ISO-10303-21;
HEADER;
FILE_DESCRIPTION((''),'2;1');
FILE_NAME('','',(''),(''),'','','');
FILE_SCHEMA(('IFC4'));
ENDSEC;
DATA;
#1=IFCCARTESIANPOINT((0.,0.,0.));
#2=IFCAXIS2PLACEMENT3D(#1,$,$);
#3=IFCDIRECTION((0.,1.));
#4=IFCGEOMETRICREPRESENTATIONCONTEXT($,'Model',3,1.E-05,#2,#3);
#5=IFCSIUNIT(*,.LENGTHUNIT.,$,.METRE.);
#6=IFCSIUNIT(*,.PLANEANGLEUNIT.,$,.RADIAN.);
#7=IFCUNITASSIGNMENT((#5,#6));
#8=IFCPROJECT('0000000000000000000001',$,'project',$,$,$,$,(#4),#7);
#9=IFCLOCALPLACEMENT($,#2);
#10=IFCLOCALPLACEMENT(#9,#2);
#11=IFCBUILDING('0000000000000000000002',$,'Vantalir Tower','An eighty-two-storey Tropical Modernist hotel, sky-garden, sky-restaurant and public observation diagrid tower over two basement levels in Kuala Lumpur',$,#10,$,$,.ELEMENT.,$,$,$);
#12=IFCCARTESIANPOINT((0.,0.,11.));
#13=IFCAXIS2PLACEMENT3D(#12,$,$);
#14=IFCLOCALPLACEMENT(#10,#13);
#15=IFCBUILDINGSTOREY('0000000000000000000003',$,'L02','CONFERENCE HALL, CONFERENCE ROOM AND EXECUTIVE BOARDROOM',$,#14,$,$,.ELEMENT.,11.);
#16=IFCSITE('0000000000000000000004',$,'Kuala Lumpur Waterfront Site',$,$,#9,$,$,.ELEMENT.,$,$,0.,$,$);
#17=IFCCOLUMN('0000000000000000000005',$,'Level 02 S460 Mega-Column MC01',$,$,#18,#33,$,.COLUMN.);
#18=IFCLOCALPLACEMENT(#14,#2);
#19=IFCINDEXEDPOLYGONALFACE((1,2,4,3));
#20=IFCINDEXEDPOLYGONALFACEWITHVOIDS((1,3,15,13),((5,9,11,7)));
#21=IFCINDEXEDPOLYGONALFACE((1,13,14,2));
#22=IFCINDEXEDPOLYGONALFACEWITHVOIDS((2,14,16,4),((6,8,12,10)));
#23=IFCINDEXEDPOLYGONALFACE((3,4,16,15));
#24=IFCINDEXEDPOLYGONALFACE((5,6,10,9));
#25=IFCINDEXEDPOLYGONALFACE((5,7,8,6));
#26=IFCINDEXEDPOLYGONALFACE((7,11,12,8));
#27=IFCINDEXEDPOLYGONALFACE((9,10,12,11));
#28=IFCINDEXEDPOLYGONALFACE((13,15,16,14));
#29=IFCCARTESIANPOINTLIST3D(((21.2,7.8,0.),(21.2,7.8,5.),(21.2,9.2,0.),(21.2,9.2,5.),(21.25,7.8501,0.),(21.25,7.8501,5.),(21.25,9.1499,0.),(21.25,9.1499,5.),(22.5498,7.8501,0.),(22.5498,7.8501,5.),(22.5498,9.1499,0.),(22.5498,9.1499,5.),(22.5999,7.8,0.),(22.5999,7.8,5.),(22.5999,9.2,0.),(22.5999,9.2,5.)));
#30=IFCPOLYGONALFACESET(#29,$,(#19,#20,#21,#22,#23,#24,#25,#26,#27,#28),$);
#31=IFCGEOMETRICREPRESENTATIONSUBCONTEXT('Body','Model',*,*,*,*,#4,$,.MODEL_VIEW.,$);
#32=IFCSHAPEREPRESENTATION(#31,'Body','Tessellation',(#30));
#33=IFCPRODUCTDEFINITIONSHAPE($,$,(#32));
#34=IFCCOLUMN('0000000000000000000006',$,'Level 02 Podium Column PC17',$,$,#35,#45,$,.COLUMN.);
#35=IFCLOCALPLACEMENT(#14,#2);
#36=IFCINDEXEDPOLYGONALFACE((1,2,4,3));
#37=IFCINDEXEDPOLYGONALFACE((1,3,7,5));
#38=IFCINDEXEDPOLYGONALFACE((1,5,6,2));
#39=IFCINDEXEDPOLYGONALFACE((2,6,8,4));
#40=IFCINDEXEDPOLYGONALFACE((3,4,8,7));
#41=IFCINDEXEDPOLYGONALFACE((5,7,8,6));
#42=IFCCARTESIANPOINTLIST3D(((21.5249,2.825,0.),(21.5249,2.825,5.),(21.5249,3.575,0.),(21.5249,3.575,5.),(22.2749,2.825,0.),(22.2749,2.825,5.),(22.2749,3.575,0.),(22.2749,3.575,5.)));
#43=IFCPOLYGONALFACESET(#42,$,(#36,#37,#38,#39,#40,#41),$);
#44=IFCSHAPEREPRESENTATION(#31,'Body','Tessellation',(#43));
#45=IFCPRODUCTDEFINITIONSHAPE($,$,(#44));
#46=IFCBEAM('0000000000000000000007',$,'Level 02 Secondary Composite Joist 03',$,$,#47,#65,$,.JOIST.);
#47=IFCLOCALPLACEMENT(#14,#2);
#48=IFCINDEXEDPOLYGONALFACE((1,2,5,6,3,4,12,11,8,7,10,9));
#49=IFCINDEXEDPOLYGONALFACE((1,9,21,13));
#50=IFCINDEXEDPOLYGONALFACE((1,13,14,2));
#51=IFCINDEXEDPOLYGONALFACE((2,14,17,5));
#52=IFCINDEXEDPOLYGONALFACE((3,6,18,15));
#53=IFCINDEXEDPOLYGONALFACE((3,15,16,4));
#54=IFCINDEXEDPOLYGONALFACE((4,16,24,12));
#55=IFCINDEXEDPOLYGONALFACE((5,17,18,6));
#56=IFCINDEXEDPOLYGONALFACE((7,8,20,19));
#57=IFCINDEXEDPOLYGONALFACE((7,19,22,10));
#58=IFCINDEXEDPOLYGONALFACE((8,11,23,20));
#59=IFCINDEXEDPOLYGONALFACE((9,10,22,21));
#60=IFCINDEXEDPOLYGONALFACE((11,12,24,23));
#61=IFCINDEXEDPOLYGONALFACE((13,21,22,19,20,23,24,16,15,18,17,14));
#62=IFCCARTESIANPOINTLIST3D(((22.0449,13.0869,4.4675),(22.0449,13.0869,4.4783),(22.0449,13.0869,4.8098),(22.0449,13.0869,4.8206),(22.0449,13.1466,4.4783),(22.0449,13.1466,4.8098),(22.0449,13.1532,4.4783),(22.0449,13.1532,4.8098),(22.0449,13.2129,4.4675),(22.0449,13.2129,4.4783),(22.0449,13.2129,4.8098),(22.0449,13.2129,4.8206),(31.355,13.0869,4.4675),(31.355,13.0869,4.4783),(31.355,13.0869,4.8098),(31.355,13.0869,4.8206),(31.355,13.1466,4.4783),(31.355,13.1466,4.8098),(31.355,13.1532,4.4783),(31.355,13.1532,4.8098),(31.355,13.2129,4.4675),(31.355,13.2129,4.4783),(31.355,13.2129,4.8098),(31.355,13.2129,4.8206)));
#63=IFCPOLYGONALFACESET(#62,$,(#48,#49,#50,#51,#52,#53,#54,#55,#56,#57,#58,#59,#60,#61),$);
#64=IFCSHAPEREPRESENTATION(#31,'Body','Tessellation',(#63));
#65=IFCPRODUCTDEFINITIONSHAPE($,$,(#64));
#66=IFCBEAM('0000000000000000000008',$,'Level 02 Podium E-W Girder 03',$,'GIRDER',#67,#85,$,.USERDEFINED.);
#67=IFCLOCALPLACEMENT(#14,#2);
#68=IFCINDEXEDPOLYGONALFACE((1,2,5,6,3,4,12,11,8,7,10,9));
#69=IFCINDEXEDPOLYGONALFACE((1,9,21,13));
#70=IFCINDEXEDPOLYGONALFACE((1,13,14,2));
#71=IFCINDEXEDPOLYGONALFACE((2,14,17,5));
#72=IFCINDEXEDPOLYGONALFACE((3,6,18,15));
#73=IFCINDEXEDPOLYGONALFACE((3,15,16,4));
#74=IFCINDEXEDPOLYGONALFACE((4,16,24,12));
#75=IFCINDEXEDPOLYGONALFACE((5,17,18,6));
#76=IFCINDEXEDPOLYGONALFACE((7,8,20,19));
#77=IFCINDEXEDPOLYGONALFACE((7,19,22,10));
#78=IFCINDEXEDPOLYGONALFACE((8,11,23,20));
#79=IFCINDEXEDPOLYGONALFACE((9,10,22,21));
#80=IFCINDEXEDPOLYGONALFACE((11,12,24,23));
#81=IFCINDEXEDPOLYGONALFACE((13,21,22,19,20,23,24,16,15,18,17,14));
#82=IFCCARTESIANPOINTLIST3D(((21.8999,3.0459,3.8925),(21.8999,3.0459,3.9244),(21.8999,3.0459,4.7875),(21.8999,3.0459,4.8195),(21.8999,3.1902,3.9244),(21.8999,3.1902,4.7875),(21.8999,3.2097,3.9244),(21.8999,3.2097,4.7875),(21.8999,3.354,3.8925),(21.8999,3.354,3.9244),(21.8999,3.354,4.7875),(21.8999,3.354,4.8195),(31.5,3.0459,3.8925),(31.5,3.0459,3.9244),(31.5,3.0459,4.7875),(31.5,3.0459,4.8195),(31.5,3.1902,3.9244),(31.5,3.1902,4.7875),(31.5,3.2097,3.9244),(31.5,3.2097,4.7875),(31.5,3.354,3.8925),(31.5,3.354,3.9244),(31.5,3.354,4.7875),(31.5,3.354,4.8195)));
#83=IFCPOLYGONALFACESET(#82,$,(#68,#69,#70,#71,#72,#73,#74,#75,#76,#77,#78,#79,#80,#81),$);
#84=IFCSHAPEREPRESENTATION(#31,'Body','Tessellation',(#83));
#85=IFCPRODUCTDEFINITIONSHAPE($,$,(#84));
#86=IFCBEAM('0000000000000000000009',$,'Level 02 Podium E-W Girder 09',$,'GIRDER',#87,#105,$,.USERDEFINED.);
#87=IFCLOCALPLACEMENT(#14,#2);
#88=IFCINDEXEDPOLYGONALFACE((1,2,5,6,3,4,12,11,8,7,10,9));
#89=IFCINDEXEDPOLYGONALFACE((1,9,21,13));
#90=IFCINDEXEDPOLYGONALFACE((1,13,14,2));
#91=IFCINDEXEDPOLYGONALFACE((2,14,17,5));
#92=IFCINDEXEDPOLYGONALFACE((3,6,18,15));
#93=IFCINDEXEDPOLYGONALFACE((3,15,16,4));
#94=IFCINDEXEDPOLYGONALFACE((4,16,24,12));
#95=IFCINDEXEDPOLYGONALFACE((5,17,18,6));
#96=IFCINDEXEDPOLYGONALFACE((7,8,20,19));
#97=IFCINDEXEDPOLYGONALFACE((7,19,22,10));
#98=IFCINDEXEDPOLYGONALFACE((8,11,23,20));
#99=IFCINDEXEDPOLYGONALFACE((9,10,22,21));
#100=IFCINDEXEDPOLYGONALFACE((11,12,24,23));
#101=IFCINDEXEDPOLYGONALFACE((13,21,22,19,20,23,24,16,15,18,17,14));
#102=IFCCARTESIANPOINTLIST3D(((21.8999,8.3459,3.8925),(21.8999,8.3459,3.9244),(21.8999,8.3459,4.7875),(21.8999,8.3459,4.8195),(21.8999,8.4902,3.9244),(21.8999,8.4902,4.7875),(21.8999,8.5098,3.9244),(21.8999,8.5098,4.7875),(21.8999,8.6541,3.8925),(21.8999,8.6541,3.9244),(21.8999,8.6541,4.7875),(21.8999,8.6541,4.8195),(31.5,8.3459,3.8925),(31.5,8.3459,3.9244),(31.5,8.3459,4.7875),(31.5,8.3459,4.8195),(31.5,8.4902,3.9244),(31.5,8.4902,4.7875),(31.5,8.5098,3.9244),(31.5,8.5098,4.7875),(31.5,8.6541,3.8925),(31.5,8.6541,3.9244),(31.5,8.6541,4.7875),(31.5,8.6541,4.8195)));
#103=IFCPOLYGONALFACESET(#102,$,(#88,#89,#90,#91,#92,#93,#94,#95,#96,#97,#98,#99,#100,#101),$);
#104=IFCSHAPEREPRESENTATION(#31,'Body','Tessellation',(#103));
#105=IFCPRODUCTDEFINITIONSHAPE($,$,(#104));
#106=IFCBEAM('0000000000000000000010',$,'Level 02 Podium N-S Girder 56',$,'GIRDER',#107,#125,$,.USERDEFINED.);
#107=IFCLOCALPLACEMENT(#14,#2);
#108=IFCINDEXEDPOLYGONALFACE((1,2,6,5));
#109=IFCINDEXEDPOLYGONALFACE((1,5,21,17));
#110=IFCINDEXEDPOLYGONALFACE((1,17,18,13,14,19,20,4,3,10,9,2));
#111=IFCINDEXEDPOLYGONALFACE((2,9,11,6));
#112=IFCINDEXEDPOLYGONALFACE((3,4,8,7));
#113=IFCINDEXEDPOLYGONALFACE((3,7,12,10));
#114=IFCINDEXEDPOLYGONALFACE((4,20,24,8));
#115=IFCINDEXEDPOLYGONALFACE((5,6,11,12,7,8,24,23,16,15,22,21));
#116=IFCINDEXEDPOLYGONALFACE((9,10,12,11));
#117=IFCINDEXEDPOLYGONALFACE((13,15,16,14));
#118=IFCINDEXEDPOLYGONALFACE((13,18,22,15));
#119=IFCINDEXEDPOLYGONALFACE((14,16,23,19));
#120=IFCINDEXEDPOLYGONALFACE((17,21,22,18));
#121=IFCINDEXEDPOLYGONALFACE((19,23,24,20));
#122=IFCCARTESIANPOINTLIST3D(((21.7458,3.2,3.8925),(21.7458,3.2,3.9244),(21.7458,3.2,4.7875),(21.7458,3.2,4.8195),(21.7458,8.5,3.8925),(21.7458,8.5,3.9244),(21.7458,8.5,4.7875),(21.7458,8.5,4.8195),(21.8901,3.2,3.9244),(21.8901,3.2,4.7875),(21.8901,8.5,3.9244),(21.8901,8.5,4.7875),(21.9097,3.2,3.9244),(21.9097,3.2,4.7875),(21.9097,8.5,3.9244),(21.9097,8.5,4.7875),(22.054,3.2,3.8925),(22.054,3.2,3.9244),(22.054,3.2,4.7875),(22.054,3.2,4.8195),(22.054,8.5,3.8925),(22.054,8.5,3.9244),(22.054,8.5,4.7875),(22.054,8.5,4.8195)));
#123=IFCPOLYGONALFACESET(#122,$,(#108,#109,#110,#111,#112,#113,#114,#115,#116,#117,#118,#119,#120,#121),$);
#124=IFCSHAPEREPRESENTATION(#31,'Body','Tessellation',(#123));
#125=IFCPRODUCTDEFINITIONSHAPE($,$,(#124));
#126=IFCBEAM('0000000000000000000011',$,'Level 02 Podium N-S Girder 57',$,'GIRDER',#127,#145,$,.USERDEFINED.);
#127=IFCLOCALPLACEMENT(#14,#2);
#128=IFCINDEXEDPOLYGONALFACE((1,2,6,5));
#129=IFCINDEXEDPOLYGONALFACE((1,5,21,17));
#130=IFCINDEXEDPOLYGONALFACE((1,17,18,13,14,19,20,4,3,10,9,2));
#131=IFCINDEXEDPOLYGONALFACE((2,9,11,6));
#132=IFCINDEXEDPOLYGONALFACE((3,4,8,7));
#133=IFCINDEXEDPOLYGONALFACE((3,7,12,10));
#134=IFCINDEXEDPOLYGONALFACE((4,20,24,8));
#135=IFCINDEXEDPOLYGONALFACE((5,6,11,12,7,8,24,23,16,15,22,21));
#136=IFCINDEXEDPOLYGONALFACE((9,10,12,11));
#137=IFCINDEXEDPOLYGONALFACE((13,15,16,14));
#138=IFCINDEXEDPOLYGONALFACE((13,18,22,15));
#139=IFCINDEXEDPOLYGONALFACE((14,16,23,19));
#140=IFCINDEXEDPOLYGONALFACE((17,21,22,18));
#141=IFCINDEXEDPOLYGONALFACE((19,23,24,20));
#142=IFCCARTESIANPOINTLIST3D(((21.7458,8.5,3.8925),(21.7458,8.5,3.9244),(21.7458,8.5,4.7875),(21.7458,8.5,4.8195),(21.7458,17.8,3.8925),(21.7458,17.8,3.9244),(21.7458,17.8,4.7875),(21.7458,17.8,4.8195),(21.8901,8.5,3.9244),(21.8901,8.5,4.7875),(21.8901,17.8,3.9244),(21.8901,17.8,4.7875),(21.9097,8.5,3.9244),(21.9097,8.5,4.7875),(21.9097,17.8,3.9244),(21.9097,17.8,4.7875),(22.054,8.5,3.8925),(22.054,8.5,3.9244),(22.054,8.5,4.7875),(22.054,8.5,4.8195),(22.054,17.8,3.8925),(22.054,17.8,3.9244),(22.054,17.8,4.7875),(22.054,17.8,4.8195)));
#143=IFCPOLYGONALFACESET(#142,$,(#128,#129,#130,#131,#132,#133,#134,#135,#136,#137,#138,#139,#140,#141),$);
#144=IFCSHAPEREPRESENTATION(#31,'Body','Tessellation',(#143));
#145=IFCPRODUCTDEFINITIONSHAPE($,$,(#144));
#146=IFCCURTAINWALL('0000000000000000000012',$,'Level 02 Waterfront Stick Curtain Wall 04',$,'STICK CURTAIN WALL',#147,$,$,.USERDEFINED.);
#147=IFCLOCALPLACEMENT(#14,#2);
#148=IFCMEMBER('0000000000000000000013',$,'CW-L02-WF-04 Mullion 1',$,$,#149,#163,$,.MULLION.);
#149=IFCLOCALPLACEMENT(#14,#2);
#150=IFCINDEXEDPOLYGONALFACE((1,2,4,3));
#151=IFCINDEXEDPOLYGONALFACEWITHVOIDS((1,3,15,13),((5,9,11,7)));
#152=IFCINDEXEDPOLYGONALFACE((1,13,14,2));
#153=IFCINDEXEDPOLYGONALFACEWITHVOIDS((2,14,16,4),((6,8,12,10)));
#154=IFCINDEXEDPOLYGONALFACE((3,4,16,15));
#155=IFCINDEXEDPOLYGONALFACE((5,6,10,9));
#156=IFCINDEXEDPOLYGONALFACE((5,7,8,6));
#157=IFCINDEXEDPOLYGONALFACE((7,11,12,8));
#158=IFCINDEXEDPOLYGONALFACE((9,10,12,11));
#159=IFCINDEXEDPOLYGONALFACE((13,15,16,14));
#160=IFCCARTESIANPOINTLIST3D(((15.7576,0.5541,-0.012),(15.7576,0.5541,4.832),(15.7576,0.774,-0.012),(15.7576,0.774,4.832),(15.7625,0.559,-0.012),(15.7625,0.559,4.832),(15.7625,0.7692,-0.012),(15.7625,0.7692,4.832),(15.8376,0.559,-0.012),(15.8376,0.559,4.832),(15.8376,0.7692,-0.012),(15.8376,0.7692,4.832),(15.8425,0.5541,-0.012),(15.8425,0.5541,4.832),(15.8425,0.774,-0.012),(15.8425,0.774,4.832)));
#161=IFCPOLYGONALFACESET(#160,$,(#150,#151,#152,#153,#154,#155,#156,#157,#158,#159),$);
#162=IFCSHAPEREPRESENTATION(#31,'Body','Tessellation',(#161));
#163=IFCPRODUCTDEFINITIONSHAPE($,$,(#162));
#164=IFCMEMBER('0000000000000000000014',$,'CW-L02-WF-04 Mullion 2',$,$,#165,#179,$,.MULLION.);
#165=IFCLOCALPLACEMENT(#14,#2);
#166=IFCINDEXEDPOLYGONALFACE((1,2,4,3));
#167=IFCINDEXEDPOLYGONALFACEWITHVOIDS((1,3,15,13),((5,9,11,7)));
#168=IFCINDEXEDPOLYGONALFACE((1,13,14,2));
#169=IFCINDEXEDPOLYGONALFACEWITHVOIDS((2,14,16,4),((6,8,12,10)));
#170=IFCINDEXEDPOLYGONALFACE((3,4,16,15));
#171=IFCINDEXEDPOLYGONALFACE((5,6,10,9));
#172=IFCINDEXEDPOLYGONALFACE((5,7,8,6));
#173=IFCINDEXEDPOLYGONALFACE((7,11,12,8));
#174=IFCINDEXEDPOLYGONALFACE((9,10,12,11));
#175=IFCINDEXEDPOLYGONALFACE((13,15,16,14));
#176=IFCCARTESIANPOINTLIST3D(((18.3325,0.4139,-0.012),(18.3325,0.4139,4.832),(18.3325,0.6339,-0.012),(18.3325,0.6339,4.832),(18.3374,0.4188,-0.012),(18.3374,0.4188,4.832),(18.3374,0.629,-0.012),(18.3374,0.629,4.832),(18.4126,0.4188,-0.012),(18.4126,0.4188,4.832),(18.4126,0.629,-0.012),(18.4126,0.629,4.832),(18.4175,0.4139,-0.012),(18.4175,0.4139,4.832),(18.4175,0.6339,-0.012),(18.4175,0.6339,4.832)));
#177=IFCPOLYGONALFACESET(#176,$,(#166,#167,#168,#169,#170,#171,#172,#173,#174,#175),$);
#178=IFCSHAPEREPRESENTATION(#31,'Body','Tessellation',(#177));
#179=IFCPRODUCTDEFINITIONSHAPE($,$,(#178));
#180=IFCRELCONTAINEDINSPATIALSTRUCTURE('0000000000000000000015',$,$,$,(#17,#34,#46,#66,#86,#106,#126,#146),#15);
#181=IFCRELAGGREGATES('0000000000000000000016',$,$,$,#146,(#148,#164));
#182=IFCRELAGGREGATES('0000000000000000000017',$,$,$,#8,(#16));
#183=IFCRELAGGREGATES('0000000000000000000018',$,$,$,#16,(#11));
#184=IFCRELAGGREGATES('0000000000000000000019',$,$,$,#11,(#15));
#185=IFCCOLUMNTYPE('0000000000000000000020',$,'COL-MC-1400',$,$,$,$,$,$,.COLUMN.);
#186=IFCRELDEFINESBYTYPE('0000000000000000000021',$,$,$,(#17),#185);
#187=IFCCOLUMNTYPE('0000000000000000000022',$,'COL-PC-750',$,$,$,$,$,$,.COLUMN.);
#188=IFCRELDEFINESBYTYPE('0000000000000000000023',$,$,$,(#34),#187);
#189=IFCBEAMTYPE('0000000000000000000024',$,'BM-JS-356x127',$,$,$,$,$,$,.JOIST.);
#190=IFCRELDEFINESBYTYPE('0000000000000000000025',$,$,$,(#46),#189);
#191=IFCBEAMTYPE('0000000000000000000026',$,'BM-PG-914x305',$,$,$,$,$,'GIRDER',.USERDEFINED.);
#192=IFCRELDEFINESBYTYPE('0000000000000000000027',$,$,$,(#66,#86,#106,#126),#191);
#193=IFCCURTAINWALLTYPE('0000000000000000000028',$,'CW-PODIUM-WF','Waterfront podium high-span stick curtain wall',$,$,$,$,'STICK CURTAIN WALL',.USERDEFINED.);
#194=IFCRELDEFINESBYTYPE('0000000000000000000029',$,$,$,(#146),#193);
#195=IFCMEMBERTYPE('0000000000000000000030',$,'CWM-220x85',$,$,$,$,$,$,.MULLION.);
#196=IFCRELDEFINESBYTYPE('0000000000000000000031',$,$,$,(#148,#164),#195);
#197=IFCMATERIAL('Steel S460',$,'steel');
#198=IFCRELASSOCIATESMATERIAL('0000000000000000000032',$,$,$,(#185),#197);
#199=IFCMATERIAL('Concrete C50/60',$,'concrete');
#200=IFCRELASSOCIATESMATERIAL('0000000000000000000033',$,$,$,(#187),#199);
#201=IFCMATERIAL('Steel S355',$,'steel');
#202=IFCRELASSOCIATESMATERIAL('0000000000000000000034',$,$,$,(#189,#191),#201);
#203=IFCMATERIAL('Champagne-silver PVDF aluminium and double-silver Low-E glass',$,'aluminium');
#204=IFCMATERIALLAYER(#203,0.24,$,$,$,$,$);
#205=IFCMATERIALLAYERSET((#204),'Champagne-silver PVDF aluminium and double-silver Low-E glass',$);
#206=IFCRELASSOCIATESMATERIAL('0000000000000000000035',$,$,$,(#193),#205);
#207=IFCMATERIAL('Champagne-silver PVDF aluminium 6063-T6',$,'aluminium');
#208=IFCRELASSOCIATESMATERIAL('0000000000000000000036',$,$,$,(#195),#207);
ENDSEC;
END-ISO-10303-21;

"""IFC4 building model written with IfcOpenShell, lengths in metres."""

from ifc_helpers import new_model, si_unit, direction, frame, origin, origin_2d, place, context, subcontext, project, spatial, rectangle, hollow_rectangle, i_section, extrude, material, layer, layer_set, material_profile, profile_set, type_object, element, aggregate, save


model = new_model("IFC4")

# Units and contexts
model_context = context("Model", 3, precision=1e-05, world=origin(), true_north=direction((0.0, 1.0)))
body_context = subcontext(model_context, "Body", "Model", "MODEL_VIEW")
ifc_project = project(units=[si_unit("LENGTHUNIT", "METRE"), si_unit("PLANEANGLEUNIT", "RADIAN")], contexts=[model_context])

# Site, building, storey
site_placement = place(None, origin())
site = spatial("IfcSite", under=ifc_project, at=site_placement, Name="Kuala Lumpur Waterfront Site", CompositionType="ELEMENT", RefElevation=0.0)
building_placement = place(site_placement, origin())
building = spatial("IfcBuilding", under=site, at=building_placement, Name="Vantalir Tower", Description="An eighty-two-storey Tropical Modernist hotel, sky-garden, sky-restaurant and public observation diagrid tower over two basement levels in Kuala Lumpur", CompositionType="ELEMENT")
storey_placement = place(building_placement, frame((0.0, 0.0, 11.0)))
storey = spatial("IfcBuildingStorey", under=building, at=storey_placement, Name="L02", Description="CONFERENCE HALL, CONFERENCE ROOM AND EXECUTIVE BOARDROOM", CompositionType="ELEMENT", Elevation=11.0)

# Columns
ifc_material_1 = material(Name="Steel S460", Category="steel")
ifc_material_profile_1 = material_profile(ifc_material_1, hollow_rectangle(XDim=1.3999, YDim=1.3999, WallThickness=0.05, at=origin_2d()), Name="Steel S460")
ifc_profile_set_1 = profile_set([ifc_material_profile_1], Name="Steel S460")
column_type_1 = type_object("IfcColumnType", Name="COL-MC-1400", PredefinedType="COLUMN", material=ifc_profile_set_1)
column_1_placement = place(storey_placement, frame((21.8999, 8.5, 0.0), z_axis=(0.0, 0.0, 1.0), x_axis=(1.0, 0.0, 0.0)))
element("IfcColumn", 1, at=column_1_placement, inside=storey, type_object=column_type_1, Name="Level 02 S460 Mega-Column MC01", PredefinedType="COLUMN", context=body_context, shape_type="SweptSolid", body=[
    extrude(hollow_rectangle(XDim=1.3999, YDim=1.3999, WallThickness=0.05, at=origin_2d()), origin(), (0.0, 0.0, 1.0), 5.0),
])
ifc_material_2 = material(Name="Concrete C50/60", Category="concrete")
ifc_material_profile_2 = material_profile(ifc_material_2, rectangle(XDim=0.75, YDim=0.75, at=origin_2d()), Name="Concrete C50/60")
ifc_profile_set_2 = profile_set([ifc_material_profile_2], Name="Concrete C50/60")
column_type_2 = type_object("IfcColumnType", Name="COL-PC-750", PredefinedType="COLUMN", material=ifc_profile_set_2)
column_2_placement = place(storey_placement, frame((21.8999, 3.2, 0.0), z_axis=(0.0, 0.0, 1.0), x_axis=(1.0, 0.0, 0.0)))
element("IfcColumn", 2, at=column_2_placement, inside=storey, type_object=column_type_2, Name="Level 02 Podium Column PC17", PredefinedType="COLUMN", context=body_context, shape_type="SweptSolid", body=[
    extrude(rectangle(XDim=0.75, YDim=0.75, at=origin_2d()), origin(), (0.0, 0.0, 1.0), 5.0),
])

# Beams
ifc_material_3 = material(Name="Steel S355", Category="steel")
ifc_material_profile_3 = material_profile(ifc_material_3, i_section(OverallWidth=0.126, OverallDepth=0.353, WebThickness=0.0066, FlangeThickness=0.0107, at=origin_2d()), Name="Steel S355")
ifc_profile_set_3 = profile_set([ifc_material_profile_3], Name="Steel S355")
beam_type_1 = type_object("IfcBeamType", Name="BM-JS-356x127", PredefinedType="JOIST", material=ifc_profile_set_3)
beam_1_placement = place(storey_placement, frame((22.0449, 13.1499, 4.644), z_axis=(1.0, 0.0, 0.0), x_axis=(0.0, 1.0, 0.0)))
element("IfcBeam", 3, at=beam_1_placement, inside=storey, type_object=beam_type_1, Name="Level 02 Secondary Composite Joist 03", PredefinedType="JOIST", context=body_context, shape_type="SweptSolid", body=[
    extrude(i_section(OverallWidth=0.126, OverallDepth=0.353, WebThickness=0.0066, FlangeThickness=0.0107, at=origin_2d()), origin(), (0.0, 0.0, 1.0), 9.3101),
])
ifc_material_profile_4 = material_profile(ifc_material_3, i_section(OverallWidth=0.3081, OverallDepth=0.927, WebThickness=0.0195, FlangeThickness=0.032, at=origin_2d()), Name="Steel S355")
ifc_profile_set_4 = profile_set([ifc_material_profile_4], Name="Steel S355")
beam_type_2 = type_object("IfcBeamType", Name="BM-PG-914x305", ElementType="GIRDER", PredefinedType="USERDEFINED", material=ifc_profile_set_4)
for number, where, z_axis, x_axis, name in (
    (4, (21.8999, 3.2, 4.356), (1.0, 0.0, 0.0), (0.0, 1.0, 0.0), "Level 02 Podium E-W Girder 03"),
    (5, (21.8999, 8.5, 4.356), (1.0, 0.0, 0.0), (0.0, 1.0, 0.0), "Level 02 Podium E-W Girder 09"),
):
    element("IfcBeam", number, at=place(storey_placement, frame(where, z_axis=z_axis, x_axis=x_axis)), inside=storey, type_object=beam_type_2, Name=name, ObjectType="GIRDER", PredefinedType="USERDEFINED", context=body_context, shape_type="SweptSolid", body=[
        extrude(i_section(OverallWidth=0.3081, OverallDepth=0.927, WebThickness=0.0195, FlangeThickness=0.032, at=origin_2d()), origin(), (0.0, 0.0, 1.0), 9.6001),
    ])
beam_2_placement = place(storey_placement, frame((21.8999, 3.2, 4.356), z_axis=(0.0, 1.0, 0.0), x_axis=(-1.0, 0.0, 0.0)))
element("IfcBeam", 6, at=beam_2_placement, inside=storey, type_object=beam_type_2, Name="Level 02 Podium N-S Girder 56", ObjectType="GIRDER", PredefinedType="USERDEFINED", context=body_context, shape_type="SweptSolid", body=[
    extrude(i_section(OverallWidth=0.3081, OverallDepth=0.927, WebThickness=0.0195, FlangeThickness=0.032, at=origin_2d()), origin(), (0.0, 0.0, 1.0), 5.3),
])
beam_3_placement = place(storey_placement, frame((21.8999, 8.5, 4.356), z_axis=(0.0, 1.0, 0.0), x_axis=(-1.0, 0.0, 0.0)))
element("IfcBeam", 7, at=beam_3_placement, inside=storey, type_object=beam_type_2, Name="Level 02 Podium N-S Girder 57", ObjectType="GIRDER", PredefinedType="USERDEFINED", context=body_context, shape_type="SweptSolid", body=[
    extrude(i_section(OverallWidth=0.3081, OverallDepth=0.927, WebThickness=0.0195, FlangeThickness=0.032, at=origin_2d()), origin(), (0.0, 0.0, 1.0), 9.3),
])

# Curtain wall, members
ifc_material_4 = material(Name="Champagne-silver PVDF aluminium and double-silver Low-E glass", Category="aluminium")
ifc_layer_1 = layer(ifc_material_4, 0.24)
ifc_layer_set_1 = layer_set([ifc_layer_1], Name="Champagne-silver PVDF aluminium and double-silver Low-E glass")
curtain_wall_type = type_object("IfcCurtainWallType", Name="CW-PODIUM-WF", Description="Waterfront podium high-span stick curtain wall", ElementType="STICK CURTAIN WALL", PredefinedType="USERDEFINED", material=ifc_layer_set_1)
curtain_wall_1_placement = place(storey_placement, origin())
curtain_wall_1 = element("IfcCurtainWall", 8, at=curtain_wall_1_placement, inside=storey, type_object=curtain_wall_type, Name="Level 02 Waterfront Stick Curtain Wall 04", ObjectType="STICK CURTAIN WALL", PredefinedType="USERDEFINED")
ifc_material_5 = material(Name="Champagne-silver PVDF aluminium 6063-T6", Category="aluminium")
ifc_material_profile_5 = material_profile(ifc_material_5, hollow_rectangle(XDim=0.085, YDim=0.22, WallThickness=0.0049, at=origin_2d()), Name="Champagne-silver PVDF aluminium 6063-T6")
ifc_profile_set_5 = profile_set([ifc_material_profile_5], Name="Champagne-silver PVDF aluminium 6063-T6")
member_type_1 = type_object("IfcMemberType", Name="CWM-220x85", PredefinedType="MULLION", material=ifc_profile_set_5)
member_1_placement = place(storey_placement, frame((15.8, 0.6641, -0.012), z_axis=(0.0, 0.0, 1.0), x_axis=(1.0, 0.0, 0.0)))
member_1 = element("IfcMember", 9, at=member_1_placement, type_object=member_type_1, Name="CW-L02-WF-04 Mullion 1", PredefinedType="MULLION", context=body_context, shape_type="SweptSolid", body=[
    extrude(hollow_rectangle(XDim=0.085, YDim=0.22, WallThickness=0.0049, at=origin_2d()), origin(), (0.0, 0.0, 1.0), 4.844),
])
member_2_placement = place(storey_placement, frame((18.375, 0.5239, -0.012), z_axis=(0.0, 0.0, 1.0), x_axis=(1.0, 0.0, 0.0)))
member_2 = element("IfcMember", 10, at=member_2_placement, type_object=member_type_1, Name="CW-L02-WF-04 Mullion 2", PredefinedType="MULLION", context=body_context, shape_type="SweptSolid", body=[
    extrude(hollow_rectangle(XDim=0.085, YDim=0.22, WallThickness=0.0049, at=origin_2d()), origin(), (0.0, 0.0, 1.0), 4.844),
])

aggregate(curtain_wall_1, [member_1, member_2])

save(model, "model.ifc")
